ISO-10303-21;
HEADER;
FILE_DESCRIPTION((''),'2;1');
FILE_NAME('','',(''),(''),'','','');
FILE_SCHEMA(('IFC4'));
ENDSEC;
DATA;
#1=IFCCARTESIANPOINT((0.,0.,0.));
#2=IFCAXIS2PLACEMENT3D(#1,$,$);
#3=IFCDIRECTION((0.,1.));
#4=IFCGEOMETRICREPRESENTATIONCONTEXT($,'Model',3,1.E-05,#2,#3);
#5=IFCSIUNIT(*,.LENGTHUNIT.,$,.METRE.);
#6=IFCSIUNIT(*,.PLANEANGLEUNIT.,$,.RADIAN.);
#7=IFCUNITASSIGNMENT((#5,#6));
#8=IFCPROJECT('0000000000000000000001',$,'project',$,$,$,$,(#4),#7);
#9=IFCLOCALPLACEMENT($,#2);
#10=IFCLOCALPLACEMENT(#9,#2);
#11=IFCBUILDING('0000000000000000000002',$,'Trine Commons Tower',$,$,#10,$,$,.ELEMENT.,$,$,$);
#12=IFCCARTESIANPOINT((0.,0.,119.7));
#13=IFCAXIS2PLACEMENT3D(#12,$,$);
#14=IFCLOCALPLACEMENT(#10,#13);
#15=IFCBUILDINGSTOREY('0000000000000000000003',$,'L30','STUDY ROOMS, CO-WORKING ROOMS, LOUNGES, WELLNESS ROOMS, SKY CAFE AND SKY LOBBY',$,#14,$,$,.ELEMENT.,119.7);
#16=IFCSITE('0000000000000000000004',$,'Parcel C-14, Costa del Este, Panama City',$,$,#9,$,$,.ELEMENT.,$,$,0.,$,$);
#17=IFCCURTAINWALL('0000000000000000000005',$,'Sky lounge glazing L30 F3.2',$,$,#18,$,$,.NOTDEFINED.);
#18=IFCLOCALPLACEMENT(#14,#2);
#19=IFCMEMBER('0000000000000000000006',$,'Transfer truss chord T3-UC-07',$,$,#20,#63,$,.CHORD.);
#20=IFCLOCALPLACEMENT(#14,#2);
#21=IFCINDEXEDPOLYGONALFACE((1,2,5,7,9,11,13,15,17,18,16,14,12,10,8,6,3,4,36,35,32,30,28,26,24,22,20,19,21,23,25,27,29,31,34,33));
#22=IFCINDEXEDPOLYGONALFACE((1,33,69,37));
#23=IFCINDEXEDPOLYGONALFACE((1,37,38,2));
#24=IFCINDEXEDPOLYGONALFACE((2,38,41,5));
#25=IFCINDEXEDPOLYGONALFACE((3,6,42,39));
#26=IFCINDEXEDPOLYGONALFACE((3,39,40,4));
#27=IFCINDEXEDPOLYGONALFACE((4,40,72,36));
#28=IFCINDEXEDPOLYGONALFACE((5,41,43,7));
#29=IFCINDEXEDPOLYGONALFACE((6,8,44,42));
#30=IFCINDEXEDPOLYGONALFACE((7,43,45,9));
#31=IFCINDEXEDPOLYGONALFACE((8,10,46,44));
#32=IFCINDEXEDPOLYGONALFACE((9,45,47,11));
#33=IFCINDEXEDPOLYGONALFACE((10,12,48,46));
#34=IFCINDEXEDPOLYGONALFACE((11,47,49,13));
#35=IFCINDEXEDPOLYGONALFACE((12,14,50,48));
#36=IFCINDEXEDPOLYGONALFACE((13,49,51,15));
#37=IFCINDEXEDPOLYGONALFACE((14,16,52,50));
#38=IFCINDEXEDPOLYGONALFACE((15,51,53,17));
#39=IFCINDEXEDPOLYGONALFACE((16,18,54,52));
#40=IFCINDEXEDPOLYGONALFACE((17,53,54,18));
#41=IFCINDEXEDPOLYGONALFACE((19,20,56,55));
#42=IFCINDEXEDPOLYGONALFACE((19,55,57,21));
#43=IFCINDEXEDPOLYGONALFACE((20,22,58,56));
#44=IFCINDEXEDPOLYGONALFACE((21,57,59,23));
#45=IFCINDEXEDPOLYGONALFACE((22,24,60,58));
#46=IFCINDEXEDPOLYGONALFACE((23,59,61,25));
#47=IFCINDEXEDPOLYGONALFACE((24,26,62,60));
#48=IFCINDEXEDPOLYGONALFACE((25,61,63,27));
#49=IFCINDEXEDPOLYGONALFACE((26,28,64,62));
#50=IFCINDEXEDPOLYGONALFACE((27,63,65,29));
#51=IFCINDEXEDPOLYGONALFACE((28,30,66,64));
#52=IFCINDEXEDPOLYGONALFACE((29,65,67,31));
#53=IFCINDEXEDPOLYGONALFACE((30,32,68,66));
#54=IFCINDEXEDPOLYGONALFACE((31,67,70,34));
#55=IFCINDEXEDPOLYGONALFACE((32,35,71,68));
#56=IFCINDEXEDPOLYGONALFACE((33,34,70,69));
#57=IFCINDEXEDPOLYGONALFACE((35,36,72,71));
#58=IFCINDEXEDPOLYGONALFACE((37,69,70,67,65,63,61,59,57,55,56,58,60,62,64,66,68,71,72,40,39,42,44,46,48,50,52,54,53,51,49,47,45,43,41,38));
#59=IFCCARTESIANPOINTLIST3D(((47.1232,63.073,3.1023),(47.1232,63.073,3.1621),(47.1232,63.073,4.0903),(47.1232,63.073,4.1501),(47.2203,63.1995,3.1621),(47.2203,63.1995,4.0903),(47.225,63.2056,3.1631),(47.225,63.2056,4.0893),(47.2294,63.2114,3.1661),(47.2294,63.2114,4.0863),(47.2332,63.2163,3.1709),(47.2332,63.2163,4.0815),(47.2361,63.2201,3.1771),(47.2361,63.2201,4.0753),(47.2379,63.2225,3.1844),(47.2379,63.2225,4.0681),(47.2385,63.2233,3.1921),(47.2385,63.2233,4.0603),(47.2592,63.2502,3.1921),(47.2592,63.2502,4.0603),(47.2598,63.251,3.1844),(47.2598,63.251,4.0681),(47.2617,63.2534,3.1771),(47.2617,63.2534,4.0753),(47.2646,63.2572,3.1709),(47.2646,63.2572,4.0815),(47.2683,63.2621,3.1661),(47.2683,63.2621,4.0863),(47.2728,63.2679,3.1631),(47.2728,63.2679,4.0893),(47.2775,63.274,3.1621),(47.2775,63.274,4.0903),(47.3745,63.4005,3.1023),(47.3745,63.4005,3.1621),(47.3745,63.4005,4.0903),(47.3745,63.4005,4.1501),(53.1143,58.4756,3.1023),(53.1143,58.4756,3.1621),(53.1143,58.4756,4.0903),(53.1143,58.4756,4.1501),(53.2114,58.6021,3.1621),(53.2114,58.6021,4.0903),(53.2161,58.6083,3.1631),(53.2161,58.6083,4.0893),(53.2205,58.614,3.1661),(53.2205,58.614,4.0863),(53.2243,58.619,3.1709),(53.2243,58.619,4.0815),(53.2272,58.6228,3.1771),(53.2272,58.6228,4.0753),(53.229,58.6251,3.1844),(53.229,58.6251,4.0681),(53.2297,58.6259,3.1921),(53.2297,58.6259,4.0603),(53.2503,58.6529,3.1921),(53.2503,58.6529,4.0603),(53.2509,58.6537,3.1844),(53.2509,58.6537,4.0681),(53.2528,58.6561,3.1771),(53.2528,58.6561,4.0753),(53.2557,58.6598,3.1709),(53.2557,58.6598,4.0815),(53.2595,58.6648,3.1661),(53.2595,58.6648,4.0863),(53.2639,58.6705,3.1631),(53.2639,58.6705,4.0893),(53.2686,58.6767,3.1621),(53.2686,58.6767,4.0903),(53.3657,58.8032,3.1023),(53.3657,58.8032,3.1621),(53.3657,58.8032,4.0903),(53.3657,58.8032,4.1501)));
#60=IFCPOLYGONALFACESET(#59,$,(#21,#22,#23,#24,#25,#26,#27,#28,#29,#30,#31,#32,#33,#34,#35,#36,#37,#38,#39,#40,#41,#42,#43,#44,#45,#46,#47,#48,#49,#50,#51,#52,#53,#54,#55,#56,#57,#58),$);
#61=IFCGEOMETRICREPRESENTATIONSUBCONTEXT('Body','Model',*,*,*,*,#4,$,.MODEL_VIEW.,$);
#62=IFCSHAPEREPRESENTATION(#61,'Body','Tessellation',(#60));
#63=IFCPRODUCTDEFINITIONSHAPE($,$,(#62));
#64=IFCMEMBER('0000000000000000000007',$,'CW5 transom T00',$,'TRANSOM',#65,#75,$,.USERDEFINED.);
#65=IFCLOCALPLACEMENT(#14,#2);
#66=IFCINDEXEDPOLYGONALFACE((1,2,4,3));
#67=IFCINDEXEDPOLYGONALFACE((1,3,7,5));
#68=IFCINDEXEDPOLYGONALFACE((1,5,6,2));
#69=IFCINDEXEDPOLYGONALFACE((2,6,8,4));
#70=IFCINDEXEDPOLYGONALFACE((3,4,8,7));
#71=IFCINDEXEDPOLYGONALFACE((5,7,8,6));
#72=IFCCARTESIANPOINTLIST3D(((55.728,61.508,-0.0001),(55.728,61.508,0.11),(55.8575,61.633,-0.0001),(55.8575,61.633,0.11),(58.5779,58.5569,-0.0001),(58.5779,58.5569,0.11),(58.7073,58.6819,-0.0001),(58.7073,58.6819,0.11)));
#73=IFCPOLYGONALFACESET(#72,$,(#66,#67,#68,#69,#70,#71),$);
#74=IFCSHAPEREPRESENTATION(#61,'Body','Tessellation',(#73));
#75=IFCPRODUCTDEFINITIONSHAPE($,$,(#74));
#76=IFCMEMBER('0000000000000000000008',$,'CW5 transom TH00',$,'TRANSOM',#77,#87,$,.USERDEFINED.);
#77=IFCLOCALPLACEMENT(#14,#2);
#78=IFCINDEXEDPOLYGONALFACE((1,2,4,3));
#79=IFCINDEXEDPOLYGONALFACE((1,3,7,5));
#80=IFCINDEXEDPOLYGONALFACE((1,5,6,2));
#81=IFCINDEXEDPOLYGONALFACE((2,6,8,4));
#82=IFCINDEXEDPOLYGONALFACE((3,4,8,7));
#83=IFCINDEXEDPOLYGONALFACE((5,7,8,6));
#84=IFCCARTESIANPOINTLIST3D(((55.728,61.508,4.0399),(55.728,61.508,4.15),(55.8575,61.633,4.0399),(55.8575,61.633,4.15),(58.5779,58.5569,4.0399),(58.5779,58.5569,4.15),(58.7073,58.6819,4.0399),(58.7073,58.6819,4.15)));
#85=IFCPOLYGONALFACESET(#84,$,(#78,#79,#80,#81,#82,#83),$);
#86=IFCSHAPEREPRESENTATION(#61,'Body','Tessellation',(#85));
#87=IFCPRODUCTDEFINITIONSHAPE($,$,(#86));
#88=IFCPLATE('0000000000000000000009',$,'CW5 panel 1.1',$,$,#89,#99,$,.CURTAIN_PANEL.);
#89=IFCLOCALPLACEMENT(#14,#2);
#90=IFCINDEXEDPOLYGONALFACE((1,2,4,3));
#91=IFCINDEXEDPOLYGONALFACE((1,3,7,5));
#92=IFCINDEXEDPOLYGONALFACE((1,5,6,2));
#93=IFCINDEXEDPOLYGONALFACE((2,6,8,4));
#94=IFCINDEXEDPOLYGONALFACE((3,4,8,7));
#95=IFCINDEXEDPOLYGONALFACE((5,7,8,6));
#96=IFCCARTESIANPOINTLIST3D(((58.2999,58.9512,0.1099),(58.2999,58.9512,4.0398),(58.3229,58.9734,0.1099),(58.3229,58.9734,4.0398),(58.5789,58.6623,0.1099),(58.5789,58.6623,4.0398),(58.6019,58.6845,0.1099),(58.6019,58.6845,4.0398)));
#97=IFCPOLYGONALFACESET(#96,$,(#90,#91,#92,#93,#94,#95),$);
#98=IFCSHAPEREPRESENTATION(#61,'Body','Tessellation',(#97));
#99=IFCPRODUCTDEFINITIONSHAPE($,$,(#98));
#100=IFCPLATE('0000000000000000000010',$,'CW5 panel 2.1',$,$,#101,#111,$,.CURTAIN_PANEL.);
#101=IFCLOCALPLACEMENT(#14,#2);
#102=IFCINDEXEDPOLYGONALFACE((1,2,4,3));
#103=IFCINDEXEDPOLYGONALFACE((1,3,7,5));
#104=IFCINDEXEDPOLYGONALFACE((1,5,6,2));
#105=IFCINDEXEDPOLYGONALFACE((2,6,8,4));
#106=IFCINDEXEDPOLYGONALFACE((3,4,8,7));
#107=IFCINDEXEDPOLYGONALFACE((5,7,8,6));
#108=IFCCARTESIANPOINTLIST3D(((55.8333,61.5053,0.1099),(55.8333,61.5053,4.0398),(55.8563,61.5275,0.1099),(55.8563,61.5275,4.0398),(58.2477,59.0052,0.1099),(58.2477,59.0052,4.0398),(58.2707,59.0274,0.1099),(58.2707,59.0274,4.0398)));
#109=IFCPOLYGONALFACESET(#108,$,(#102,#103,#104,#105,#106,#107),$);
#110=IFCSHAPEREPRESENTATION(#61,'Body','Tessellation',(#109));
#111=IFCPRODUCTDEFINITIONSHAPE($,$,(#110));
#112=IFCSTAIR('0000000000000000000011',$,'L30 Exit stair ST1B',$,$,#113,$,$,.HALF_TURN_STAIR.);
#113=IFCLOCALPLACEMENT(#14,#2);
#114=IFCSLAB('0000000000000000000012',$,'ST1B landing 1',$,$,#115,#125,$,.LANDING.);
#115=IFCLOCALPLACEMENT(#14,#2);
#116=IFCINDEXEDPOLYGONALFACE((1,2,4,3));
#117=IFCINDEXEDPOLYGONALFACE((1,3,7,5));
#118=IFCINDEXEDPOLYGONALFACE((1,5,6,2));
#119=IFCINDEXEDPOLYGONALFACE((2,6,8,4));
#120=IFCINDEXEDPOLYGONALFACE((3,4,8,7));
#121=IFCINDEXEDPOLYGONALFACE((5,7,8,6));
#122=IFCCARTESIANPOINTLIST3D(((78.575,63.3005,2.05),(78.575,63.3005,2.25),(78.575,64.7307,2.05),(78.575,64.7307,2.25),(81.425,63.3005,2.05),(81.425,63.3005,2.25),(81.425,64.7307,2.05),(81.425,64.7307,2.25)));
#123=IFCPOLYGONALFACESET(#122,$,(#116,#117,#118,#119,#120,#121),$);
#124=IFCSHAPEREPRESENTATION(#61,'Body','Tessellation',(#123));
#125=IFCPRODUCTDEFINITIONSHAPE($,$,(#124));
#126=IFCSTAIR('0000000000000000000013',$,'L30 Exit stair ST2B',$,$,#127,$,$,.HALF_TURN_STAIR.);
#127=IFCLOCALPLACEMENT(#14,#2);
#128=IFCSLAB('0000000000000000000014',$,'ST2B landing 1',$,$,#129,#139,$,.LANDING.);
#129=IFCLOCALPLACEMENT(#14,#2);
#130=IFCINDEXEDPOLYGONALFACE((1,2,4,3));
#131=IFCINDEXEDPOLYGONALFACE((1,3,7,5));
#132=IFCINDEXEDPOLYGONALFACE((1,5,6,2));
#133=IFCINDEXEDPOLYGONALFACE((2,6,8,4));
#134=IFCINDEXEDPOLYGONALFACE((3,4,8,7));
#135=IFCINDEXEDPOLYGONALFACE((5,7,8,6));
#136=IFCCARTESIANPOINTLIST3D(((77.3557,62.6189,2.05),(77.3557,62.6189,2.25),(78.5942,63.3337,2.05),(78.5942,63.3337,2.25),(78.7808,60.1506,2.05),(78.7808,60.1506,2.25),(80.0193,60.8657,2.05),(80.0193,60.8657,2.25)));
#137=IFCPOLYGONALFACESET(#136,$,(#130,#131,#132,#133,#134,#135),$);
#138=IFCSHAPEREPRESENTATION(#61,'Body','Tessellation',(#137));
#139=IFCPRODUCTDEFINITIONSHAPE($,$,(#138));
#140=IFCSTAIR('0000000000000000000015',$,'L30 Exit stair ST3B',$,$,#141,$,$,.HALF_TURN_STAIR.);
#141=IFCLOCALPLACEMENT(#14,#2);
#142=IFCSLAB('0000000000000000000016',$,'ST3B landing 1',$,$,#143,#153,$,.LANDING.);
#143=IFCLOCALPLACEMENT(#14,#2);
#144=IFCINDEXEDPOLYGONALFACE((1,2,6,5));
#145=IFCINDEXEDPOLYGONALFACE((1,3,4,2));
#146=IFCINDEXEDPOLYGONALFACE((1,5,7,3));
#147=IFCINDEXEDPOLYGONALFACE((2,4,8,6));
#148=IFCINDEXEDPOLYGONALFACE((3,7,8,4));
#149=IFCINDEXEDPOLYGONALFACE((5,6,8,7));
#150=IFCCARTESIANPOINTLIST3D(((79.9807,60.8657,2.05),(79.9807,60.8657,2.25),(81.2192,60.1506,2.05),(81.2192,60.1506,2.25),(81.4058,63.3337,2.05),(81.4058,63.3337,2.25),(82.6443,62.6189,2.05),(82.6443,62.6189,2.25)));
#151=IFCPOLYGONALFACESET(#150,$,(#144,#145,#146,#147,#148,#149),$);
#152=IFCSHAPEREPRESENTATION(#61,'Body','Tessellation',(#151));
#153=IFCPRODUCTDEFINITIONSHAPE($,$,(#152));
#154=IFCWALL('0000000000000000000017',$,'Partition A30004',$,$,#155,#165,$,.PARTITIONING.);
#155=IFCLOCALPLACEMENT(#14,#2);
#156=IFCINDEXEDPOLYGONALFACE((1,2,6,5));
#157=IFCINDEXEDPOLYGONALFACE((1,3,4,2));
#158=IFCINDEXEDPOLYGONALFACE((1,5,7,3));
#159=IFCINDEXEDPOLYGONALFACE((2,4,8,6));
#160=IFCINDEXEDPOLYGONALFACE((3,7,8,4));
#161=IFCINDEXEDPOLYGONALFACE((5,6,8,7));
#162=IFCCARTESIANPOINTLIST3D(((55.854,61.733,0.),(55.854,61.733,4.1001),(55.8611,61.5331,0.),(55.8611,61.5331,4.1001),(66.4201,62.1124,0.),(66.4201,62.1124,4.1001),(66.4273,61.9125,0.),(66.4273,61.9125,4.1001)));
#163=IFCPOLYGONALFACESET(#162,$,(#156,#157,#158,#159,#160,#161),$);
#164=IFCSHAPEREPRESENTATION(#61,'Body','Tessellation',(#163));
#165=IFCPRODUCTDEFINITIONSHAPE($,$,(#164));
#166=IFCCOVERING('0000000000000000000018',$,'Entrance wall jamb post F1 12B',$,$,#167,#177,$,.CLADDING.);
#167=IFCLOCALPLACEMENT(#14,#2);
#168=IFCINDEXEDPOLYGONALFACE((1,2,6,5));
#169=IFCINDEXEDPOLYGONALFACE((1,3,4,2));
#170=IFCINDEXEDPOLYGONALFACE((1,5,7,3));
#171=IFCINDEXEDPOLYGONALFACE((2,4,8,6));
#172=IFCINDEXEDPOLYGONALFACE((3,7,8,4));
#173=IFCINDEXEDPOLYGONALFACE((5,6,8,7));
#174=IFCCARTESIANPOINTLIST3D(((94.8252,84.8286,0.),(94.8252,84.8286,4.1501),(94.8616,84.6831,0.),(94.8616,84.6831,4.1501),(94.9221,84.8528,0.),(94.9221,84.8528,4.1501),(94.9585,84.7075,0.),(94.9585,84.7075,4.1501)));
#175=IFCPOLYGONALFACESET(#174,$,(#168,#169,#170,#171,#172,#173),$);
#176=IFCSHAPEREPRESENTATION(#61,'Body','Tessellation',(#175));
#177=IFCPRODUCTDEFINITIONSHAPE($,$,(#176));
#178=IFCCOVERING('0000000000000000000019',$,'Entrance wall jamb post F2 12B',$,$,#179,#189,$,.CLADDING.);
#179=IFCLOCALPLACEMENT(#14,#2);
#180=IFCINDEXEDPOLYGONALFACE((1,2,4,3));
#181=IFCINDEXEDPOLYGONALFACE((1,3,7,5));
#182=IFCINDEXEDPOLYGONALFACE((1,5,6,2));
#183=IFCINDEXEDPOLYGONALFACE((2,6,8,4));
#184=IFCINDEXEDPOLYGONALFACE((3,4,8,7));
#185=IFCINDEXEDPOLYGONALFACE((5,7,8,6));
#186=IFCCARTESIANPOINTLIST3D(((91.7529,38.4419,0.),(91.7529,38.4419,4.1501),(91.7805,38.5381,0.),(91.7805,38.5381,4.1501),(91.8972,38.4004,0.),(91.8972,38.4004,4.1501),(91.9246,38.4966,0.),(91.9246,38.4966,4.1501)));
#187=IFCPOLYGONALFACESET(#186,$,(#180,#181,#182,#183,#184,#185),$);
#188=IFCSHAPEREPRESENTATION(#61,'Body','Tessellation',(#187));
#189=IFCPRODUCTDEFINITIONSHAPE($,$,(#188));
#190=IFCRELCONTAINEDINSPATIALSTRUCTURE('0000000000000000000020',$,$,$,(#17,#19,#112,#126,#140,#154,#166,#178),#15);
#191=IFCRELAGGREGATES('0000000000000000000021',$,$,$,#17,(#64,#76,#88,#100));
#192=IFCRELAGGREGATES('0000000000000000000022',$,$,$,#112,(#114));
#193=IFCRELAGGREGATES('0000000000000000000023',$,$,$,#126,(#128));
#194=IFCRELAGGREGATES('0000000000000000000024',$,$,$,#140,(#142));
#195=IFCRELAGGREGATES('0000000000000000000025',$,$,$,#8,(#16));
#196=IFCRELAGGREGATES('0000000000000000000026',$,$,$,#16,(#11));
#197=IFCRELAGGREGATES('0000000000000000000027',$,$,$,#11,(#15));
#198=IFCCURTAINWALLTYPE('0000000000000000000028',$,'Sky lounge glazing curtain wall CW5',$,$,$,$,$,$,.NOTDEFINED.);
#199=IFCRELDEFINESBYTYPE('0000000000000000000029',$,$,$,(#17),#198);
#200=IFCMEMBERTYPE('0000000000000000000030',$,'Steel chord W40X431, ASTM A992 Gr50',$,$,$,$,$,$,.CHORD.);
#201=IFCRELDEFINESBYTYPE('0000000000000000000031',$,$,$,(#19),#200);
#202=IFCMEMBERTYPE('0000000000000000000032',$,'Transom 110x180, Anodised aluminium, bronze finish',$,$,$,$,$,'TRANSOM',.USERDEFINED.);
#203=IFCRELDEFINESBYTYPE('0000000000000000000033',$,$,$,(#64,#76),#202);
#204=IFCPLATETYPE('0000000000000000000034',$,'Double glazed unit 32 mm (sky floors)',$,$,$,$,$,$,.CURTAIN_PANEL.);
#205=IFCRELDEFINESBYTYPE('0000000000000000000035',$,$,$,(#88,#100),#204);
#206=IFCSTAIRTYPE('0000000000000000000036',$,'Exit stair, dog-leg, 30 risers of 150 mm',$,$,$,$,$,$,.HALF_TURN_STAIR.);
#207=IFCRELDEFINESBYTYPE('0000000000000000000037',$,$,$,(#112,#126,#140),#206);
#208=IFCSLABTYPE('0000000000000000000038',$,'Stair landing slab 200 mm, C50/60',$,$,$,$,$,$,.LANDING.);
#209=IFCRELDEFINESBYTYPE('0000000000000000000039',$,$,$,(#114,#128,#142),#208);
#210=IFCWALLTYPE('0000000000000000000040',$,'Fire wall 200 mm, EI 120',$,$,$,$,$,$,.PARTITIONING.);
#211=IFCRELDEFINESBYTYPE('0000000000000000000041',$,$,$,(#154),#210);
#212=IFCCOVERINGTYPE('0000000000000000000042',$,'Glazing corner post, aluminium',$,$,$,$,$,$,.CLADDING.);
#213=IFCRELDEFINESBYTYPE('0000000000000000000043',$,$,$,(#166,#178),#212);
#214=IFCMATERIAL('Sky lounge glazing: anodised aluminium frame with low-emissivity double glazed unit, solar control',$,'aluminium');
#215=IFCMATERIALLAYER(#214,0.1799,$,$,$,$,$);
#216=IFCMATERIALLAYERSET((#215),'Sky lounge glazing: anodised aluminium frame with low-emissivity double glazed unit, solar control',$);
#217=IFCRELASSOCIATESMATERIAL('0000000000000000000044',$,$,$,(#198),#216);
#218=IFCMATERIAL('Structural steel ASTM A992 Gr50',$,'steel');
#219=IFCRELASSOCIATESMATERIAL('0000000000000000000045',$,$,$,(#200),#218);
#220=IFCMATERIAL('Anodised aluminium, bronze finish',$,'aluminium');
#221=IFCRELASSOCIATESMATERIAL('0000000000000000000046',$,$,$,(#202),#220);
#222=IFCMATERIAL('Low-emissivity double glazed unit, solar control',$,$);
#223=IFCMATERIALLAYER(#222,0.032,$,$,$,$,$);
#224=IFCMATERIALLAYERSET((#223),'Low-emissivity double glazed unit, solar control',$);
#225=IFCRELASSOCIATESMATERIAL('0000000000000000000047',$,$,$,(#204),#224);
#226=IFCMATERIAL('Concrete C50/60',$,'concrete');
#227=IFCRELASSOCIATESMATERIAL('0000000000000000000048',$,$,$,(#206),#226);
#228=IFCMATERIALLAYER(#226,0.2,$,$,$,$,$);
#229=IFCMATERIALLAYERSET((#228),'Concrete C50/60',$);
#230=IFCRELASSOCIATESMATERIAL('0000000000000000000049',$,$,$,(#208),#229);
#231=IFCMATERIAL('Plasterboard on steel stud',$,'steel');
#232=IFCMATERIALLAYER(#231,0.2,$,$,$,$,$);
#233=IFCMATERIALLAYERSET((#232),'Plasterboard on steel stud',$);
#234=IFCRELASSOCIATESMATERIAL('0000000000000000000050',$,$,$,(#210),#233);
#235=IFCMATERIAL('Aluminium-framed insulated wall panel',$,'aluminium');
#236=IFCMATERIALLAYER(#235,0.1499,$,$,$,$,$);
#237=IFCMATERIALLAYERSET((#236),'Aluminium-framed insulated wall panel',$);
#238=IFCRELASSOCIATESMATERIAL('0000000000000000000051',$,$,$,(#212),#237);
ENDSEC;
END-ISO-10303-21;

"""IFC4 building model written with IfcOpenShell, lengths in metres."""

from ifc_helpers import new_model, si_unit, direction, frame, frame_2d, origin, origin_2d, place, context, subcontext, project, spatial, polyline, rectangle, i_section, outline, extrude, material, layer, layer_set, material_profile, profile_set, type_object, element, aggregate, save


model = new_model("IFC4")

# Units and contexts
model_context = context("Model", 3, precision=1e-05, world=origin(), true_north=direction((0.0, 1.0)))
body_context = subcontext(model_context, "Body", "Model", "MODEL_VIEW")
ifc_project = project(units=[si_unit("LENGTHUNIT", "METRE"), si_unit("PLANEANGLEUNIT", "RADIAN")], contexts=[model_context])

# Site, building, storey
site_placement = place(None, origin())
site = spatial("IfcSite", under=ifc_project, at=site_placement, Name="Parcel C-14, Costa del Este, Panama City", CompositionType="ELEMENT", RefElevation=0.0)
building_placement = place(site_placement, origin())
building = spatial("IfcBuilding", under=site, at=building_placement, Name="Trine Commons Tower", CompositionType="ELEMENT")
storey_placement = place(building_placement, frame((0.0, 0.0, 119.7)))
storey = spatial("IfcBuildingStorey", under=building, at=storey_placement, Name="L30", Description="STUDY ROOMS, CO-WORKING ROOMS, LOUNGES, WELLNESS ROOMS, SKY CAFE AND SKY LOBBY", CompositionType="ELEMENT", Elevation=119.7)

# Curtain wall
ifc_material_1 = material(Name="Sky lounge glazing: anodised aluminium frame with low-emissivity double glazed unit, solar control", Category="aluminium")
ifc_layer_1 = layer(ifc_material_1, 0.1799)
ifc_layer_set_1 = layer_set([ifc_layer_1], Name="Sky lounge glazing: anodised aluminium frame with low-emissivity double glazed unit, solar control")
curtain_wall_type = type_object("IfcCurtainWallType", Name="Sky lounge glazing curtain wall CW5", PredefinedType="NOTDEFINED", material=ifc_layer_set_1)
curtain_wall_placement = place(storey_placement, origin())
curtain_wall = element("IfcCurtainWall", 1, at=curtain_wall_placement, inside=storey, type_object=curtain_wall_type, Name="Sky lounge glazing L30 F3.2", PredefinedType="NOTDEFINED")
ifc_material_2 = material(Name="Anodised aluminium, bronze finish", Category="aluminium")

# Member
ifc_material_3 = material(Name="Structural steel ASTM A992 Gr50", Category="steel")
ifc_material_profile_1 = material_profile(ifc_material_3, i_section(OverallWidth=0.4128, OverallDepth=1.0479, WebThickness=0.0339, FlangeThickness=0.0598, FilletRadius=0.03, at=origin_2d()), Name="W40X431")
ifc_profile_set_1 = profile_set([ifc_material_profile_1], Name="Structural steel ASTM A992 Gr50")
member_type_1 = type_object("IfcMemberType", Name="Steel chord W40X431, ASTM A992 Gr50", PredefinedType="CHORD", material=ifc_profile_set_1)
member_1_placement = place(storey_placement, frame((53.24, 58.6394, 3.6262), z_axis=(-0.793341, 0.608778, 0.0), x_axis=(-0.608778, -0.793341, 0.0)))
element("IfcMember", 2, at=member_1_placement, inside=storey, type_object=member_type_1, Name="Transfer truss chord T3-UC-07", PredefinedType="CHORD", context=body_context, shape_type="SweptSolid", body=[
    extrude(i_section(OverallWidth=0.4128, OverallDepth=1.0479, WebThickness=0.0339, FlangeThickness=0.0598, FilletRadius=0.03, at=origin_2d()), origin(), (0.0, 0.0, 1.0), 7.5518),
])

# Members
ifc_material_profile_2 = material_profile(ifc_material_2, rectangle(XDim=0.1799, YDim=0.1101, at=origin_2d()), Name="Transom 110x180")
ifc_profile_set_2 = profile_set([ifc_material_profile_2], Name="Anodised aluminium, bronze finish")
member_type_2 = type_object("IfcMemberType", Name="Transom 110x180, Anodised aluminium, bronze finish", ElementType="TRANSOM", PredefinedType="USERDEFINED", material=ifc_profile_set_2)
member_2_placement = place(storey_placement, frame((58.6426, 58.6194, 0.0549), z_axis=(-0.694651, 0.719347, 0.0), x_axis=(-0.719347, -0.694651, 0.0)))
member_2 = element("IfcMember", 3, at=member_2_placement, type_object=member_type_2, Name="CW5 transom T00", ObjectType="TRANSOM", PredefinedType="USERDEFINED", context=body_context, shape_type="SweptSolid", body=[
    extrude(rectangle(XDim=0.1799, YDim=0.1101, at=origin_2d()), origin(), (0.0, 0.0, 1.0), 4.1025),
])
member_3_placement = place(storey_placement, frame((58.6426, 58.6194, 4.095), z_axis=(-0.694651, 0.719347, 0.0), x_axis=(-0.719347, -0.694651, 0.0)))
member_3 = element("IfcMember", 4, at=member_3_placement, type_object=member_type_2, Name="CW5 transom TH00", ObjectType="TRANSOM", PredefinedType="USERDEFINED", context=body_context, shape_type="SweptSolid", body=[
    extrude(rectangle(XDim=0.1799, YDim=0.1101, at=origin_2d()), origin(), (0.0, 0.0, 1.0), 4.1025),
])

# Plates
ifc_material_4 = material(Name="Low-emissivity double glazed unit, solar control")
ifc_layer_2 = layer(ifc_material_4, 0.032)
ifc_layer_set_2 = layer_set([ifc_layer_2], Name="Low-emissivity double glazed unit, solar control")
plate_type = type_object("IfcPlateType", Name="Double glazed unit 32 mm (sky floors)", PredefinedType="CURTAIN_PANEL", material=ifc_layer_set_2)
plate_1_placement = place(storey_placement, frame((58.4509, 58.8179, 0.1099), z_axis=(0.0, 0.0, 1.0), x_axis=(-0.694658, 0.71934, 0.0)))
plate_1 = element("IfcPlate", 5, at=plate_1_placement, type_object=plate_type, Name="CW5 panel 1.1", PredefinedType="CURTAIN_PANEL", context=body_context, shape_type="SweptSolid", body=[
    extrude(rectangle(XDim=0.4016, YDim=0.032, at=origin_2d()), origin(), (0.0, 0.0, 1.0), 3.9299),
])
plate_2_placement = place(storey_placement, frame((57.052, 60.2664, 0.1099), z_axis=(0.0, 0.0, 1.0), x_axis=(-0.694658, 0.71934, 0.0)))
plate_2 = element("IfcPlate", 6, at=plate_2_placement, type_object=plate_type, Name="CW5 panel 2.1", PredefinedType="CURTAIN_PANEL", context=body_context, shape_type="SweptSolid", body=[
    extrude(rectangle(XDim=3.4756, YDim=0.032, at=origin_2d()), origin(), (0.0, 0.0, 1.0), 3.9299),
])
aggregate(curtain_wall, [member_2, member_3, plate_1, plate_2])

# Stairs, slabs
ifc_material_5 = material(Name="Concrete C50/60", Category="concrete")
stair_type = type_object("IfcStairType", Name="Exit stair, dog-leg, 30 risers of 150 mm", PredefinedType="HALF_TURN_STAIR", material=ifc_material_5)
stair_1_placement = place(storey_placement, origin())
stair_1 = element("IfcStair", 7, at=stair_1_placement, inside=storey, type_object=stair_type, Name="L30 Exit stair ST1B", PredefinedType="HALF_TURN_STAIR")
ifc_layer_3 = layer(ifc_material_5, 0.2)
ifc_layer_set_3 = layer_set([ifc_layer_3], Name="Concrete C50/60")
slab_type = type_object("IfcSlabType", Name="Stair landing slab 200 mm, C50/60", PredefinedType="LANDING", material=ifc_layer_set_3)
slab_1_placement = place(storey_placement, frame((0.0, 0.0, 2.05)))
slab_1 = element("IfcSlab", 8, at=slab_1_placement, type_object=slab_type, Name="ST1B landing 1", PredefinedType="LANDING", context=body_context, shape_type="SweptSolid", body=[
    extrude(outline(polyline([(78.575, 64.7307), (78.575, 63.3005), (81.425, 63.3005), (81.425, 64.7307), (78.575, 64.7307)])), origin(), (0.0, 0.0, 1.0), 0.2),
])
aggregate(stair_1, [slab_1])
stair_2_placement = place(storey_placement, origin())
stair_2 = element("IfcStair", 9, at=stair_2_placement, inside=storey, type_object=stair_type, Name="L30 Exit stair ST2B", PredefinedType="HALF_TURN_STAIR")
slab_2_placement = place(storey_placement, frame((0.0, 0.0, 2.05)))
slab_2 = element("IfcSlab", 10, at=slab_2_placement, type_object=slab_type, Name="ST2B landing 1", PredefinedType="LANDING", context=body_context, shape_type="SweptSolid", body=[
    extrude(outline(polyline([(78.7808, 60.1506), (80.0193, 60.8657), (78.5942, 63.3337), (77.3557, 62.6189), (78.7808, 60.1506)])), origin(), (0.0, 0.0, 1.0), 0.2),
])
aggregate(stair_2, [slab_2])
stair_3_placement = place(storey_placement, origin())
stair_3 = element("IfcStair", 11, at=stair_3_placement, inside=storey, type_object=stair_type, Name="L30 Exit stair ST3B", PredefinedType="HALF_TURN_STAIR")
slab_3_placement = place(storey_placement, frame((0.0, 0.0, 2.05)))
slab_3 = element("IfcSlab", 12, at=slab_3_placement, type_object=slab_type, Name="ST3B landing 1", PredefinedType="LANDING", context=body_context, shape_type="SweptSolid", body=[
    extrude(outline(polyline([(82.6443, 62.6189), (81.4058, 63.3337), (79.9807, 60.8657), (81.2192, 60.1506), (82.6443, 62.6189)])), origin(), (0.0, 0.0, 1.0), 0.2),
])
aggregate(stair_3, [slab_3])

# Wall
ifc_material_6 = material(Name="Plasterboard on steel stud", Category="steel")
ifc_layer_4 = layer(ifc_material_6, 0.2)
ifc_layer_set_4 = layer_set([ifc_layer_4], Name="Plasterboard on steel stud")
wall_type_1 = type_object("IfcWallType", Name="Fire wall 200 mm, EI 120", PredefinedType="PARTITIONING", material=ifc_layer_set_4)
wall_1_placement = place(storey_placement, frame((55.8574, 61.6331, 0.0), z_axis=(0.0, 0.0, 1.0), x_axis=(0.999356, 0.035883, 0.0)))
element("IfcWall", 13, at=wall_1_placement, inside=storey, type_object=wall_type_1, Name="Partition A30004", PredefinedType="PARTITIONING", context=body_context, shape_type="SweptSolid", body=[
    extrude(rectangle(XDim=10.573, YDim=0.2, at=frame_2d((5.2866, 0.0))), origin(), (0.0, 0.0, 1.0), 4.1001),
])

# Shared definitions
ifc_material_7 = material(Name="Aluminium-framed insulated wall panel", Category="aluminium")

# Coverings
ifc_layer_5 = layer(ifc_material_7, 0.1499)
ifc_layer_set_5 = layer_set([ifc_layer_5], Name="Aluminium-framed insulated wall panel")
covering_type_1 = type_object("IfcCoveringType", Name="Glazing corner post, aluminium", PredefinedType="CLADDING", material=ifc_layer_set_5)
covering_1_placement = place(storey_placement, origin())
element("IfcCovering", 14, at=covering_1_placement, inside=storey, type_object=covering_type_1, Name="Entrance wall jamb post F1 12B", PredefinedType="CLADDING", context=body_context, shape_type="SweptSolid", body=[
    extrude(outline(polyline([(94.8252, 84.8286), (94.9221, 84.8528), (94.9585, 84.7075), (94.8616, 84.6831), (94.8252, 84.8286)])), origin(), (0.0, 0.0, 1.0), 4.1501),
])
covering_2_placement = place(storey_placement, origin())
element("IfcCovering", 15, at=covering_2_placement, inside=storey, type_object=covering_type_1, Name="Entrance wall jamb post F2 12B", PredefinedType="CLADDING", context=body_context, shape_type="SweptSolid", body=[
    extrude(outline(polyline([(91.9246, 38.4966), (91.8972, 38.4004), (91.7529, 38.4419), (91.7805, 38.5381), (91.9246, 38.4966)])), origin(), (0.0, 0.0, 1.0), 4.1501),
])

save(model, "model.ifc")
